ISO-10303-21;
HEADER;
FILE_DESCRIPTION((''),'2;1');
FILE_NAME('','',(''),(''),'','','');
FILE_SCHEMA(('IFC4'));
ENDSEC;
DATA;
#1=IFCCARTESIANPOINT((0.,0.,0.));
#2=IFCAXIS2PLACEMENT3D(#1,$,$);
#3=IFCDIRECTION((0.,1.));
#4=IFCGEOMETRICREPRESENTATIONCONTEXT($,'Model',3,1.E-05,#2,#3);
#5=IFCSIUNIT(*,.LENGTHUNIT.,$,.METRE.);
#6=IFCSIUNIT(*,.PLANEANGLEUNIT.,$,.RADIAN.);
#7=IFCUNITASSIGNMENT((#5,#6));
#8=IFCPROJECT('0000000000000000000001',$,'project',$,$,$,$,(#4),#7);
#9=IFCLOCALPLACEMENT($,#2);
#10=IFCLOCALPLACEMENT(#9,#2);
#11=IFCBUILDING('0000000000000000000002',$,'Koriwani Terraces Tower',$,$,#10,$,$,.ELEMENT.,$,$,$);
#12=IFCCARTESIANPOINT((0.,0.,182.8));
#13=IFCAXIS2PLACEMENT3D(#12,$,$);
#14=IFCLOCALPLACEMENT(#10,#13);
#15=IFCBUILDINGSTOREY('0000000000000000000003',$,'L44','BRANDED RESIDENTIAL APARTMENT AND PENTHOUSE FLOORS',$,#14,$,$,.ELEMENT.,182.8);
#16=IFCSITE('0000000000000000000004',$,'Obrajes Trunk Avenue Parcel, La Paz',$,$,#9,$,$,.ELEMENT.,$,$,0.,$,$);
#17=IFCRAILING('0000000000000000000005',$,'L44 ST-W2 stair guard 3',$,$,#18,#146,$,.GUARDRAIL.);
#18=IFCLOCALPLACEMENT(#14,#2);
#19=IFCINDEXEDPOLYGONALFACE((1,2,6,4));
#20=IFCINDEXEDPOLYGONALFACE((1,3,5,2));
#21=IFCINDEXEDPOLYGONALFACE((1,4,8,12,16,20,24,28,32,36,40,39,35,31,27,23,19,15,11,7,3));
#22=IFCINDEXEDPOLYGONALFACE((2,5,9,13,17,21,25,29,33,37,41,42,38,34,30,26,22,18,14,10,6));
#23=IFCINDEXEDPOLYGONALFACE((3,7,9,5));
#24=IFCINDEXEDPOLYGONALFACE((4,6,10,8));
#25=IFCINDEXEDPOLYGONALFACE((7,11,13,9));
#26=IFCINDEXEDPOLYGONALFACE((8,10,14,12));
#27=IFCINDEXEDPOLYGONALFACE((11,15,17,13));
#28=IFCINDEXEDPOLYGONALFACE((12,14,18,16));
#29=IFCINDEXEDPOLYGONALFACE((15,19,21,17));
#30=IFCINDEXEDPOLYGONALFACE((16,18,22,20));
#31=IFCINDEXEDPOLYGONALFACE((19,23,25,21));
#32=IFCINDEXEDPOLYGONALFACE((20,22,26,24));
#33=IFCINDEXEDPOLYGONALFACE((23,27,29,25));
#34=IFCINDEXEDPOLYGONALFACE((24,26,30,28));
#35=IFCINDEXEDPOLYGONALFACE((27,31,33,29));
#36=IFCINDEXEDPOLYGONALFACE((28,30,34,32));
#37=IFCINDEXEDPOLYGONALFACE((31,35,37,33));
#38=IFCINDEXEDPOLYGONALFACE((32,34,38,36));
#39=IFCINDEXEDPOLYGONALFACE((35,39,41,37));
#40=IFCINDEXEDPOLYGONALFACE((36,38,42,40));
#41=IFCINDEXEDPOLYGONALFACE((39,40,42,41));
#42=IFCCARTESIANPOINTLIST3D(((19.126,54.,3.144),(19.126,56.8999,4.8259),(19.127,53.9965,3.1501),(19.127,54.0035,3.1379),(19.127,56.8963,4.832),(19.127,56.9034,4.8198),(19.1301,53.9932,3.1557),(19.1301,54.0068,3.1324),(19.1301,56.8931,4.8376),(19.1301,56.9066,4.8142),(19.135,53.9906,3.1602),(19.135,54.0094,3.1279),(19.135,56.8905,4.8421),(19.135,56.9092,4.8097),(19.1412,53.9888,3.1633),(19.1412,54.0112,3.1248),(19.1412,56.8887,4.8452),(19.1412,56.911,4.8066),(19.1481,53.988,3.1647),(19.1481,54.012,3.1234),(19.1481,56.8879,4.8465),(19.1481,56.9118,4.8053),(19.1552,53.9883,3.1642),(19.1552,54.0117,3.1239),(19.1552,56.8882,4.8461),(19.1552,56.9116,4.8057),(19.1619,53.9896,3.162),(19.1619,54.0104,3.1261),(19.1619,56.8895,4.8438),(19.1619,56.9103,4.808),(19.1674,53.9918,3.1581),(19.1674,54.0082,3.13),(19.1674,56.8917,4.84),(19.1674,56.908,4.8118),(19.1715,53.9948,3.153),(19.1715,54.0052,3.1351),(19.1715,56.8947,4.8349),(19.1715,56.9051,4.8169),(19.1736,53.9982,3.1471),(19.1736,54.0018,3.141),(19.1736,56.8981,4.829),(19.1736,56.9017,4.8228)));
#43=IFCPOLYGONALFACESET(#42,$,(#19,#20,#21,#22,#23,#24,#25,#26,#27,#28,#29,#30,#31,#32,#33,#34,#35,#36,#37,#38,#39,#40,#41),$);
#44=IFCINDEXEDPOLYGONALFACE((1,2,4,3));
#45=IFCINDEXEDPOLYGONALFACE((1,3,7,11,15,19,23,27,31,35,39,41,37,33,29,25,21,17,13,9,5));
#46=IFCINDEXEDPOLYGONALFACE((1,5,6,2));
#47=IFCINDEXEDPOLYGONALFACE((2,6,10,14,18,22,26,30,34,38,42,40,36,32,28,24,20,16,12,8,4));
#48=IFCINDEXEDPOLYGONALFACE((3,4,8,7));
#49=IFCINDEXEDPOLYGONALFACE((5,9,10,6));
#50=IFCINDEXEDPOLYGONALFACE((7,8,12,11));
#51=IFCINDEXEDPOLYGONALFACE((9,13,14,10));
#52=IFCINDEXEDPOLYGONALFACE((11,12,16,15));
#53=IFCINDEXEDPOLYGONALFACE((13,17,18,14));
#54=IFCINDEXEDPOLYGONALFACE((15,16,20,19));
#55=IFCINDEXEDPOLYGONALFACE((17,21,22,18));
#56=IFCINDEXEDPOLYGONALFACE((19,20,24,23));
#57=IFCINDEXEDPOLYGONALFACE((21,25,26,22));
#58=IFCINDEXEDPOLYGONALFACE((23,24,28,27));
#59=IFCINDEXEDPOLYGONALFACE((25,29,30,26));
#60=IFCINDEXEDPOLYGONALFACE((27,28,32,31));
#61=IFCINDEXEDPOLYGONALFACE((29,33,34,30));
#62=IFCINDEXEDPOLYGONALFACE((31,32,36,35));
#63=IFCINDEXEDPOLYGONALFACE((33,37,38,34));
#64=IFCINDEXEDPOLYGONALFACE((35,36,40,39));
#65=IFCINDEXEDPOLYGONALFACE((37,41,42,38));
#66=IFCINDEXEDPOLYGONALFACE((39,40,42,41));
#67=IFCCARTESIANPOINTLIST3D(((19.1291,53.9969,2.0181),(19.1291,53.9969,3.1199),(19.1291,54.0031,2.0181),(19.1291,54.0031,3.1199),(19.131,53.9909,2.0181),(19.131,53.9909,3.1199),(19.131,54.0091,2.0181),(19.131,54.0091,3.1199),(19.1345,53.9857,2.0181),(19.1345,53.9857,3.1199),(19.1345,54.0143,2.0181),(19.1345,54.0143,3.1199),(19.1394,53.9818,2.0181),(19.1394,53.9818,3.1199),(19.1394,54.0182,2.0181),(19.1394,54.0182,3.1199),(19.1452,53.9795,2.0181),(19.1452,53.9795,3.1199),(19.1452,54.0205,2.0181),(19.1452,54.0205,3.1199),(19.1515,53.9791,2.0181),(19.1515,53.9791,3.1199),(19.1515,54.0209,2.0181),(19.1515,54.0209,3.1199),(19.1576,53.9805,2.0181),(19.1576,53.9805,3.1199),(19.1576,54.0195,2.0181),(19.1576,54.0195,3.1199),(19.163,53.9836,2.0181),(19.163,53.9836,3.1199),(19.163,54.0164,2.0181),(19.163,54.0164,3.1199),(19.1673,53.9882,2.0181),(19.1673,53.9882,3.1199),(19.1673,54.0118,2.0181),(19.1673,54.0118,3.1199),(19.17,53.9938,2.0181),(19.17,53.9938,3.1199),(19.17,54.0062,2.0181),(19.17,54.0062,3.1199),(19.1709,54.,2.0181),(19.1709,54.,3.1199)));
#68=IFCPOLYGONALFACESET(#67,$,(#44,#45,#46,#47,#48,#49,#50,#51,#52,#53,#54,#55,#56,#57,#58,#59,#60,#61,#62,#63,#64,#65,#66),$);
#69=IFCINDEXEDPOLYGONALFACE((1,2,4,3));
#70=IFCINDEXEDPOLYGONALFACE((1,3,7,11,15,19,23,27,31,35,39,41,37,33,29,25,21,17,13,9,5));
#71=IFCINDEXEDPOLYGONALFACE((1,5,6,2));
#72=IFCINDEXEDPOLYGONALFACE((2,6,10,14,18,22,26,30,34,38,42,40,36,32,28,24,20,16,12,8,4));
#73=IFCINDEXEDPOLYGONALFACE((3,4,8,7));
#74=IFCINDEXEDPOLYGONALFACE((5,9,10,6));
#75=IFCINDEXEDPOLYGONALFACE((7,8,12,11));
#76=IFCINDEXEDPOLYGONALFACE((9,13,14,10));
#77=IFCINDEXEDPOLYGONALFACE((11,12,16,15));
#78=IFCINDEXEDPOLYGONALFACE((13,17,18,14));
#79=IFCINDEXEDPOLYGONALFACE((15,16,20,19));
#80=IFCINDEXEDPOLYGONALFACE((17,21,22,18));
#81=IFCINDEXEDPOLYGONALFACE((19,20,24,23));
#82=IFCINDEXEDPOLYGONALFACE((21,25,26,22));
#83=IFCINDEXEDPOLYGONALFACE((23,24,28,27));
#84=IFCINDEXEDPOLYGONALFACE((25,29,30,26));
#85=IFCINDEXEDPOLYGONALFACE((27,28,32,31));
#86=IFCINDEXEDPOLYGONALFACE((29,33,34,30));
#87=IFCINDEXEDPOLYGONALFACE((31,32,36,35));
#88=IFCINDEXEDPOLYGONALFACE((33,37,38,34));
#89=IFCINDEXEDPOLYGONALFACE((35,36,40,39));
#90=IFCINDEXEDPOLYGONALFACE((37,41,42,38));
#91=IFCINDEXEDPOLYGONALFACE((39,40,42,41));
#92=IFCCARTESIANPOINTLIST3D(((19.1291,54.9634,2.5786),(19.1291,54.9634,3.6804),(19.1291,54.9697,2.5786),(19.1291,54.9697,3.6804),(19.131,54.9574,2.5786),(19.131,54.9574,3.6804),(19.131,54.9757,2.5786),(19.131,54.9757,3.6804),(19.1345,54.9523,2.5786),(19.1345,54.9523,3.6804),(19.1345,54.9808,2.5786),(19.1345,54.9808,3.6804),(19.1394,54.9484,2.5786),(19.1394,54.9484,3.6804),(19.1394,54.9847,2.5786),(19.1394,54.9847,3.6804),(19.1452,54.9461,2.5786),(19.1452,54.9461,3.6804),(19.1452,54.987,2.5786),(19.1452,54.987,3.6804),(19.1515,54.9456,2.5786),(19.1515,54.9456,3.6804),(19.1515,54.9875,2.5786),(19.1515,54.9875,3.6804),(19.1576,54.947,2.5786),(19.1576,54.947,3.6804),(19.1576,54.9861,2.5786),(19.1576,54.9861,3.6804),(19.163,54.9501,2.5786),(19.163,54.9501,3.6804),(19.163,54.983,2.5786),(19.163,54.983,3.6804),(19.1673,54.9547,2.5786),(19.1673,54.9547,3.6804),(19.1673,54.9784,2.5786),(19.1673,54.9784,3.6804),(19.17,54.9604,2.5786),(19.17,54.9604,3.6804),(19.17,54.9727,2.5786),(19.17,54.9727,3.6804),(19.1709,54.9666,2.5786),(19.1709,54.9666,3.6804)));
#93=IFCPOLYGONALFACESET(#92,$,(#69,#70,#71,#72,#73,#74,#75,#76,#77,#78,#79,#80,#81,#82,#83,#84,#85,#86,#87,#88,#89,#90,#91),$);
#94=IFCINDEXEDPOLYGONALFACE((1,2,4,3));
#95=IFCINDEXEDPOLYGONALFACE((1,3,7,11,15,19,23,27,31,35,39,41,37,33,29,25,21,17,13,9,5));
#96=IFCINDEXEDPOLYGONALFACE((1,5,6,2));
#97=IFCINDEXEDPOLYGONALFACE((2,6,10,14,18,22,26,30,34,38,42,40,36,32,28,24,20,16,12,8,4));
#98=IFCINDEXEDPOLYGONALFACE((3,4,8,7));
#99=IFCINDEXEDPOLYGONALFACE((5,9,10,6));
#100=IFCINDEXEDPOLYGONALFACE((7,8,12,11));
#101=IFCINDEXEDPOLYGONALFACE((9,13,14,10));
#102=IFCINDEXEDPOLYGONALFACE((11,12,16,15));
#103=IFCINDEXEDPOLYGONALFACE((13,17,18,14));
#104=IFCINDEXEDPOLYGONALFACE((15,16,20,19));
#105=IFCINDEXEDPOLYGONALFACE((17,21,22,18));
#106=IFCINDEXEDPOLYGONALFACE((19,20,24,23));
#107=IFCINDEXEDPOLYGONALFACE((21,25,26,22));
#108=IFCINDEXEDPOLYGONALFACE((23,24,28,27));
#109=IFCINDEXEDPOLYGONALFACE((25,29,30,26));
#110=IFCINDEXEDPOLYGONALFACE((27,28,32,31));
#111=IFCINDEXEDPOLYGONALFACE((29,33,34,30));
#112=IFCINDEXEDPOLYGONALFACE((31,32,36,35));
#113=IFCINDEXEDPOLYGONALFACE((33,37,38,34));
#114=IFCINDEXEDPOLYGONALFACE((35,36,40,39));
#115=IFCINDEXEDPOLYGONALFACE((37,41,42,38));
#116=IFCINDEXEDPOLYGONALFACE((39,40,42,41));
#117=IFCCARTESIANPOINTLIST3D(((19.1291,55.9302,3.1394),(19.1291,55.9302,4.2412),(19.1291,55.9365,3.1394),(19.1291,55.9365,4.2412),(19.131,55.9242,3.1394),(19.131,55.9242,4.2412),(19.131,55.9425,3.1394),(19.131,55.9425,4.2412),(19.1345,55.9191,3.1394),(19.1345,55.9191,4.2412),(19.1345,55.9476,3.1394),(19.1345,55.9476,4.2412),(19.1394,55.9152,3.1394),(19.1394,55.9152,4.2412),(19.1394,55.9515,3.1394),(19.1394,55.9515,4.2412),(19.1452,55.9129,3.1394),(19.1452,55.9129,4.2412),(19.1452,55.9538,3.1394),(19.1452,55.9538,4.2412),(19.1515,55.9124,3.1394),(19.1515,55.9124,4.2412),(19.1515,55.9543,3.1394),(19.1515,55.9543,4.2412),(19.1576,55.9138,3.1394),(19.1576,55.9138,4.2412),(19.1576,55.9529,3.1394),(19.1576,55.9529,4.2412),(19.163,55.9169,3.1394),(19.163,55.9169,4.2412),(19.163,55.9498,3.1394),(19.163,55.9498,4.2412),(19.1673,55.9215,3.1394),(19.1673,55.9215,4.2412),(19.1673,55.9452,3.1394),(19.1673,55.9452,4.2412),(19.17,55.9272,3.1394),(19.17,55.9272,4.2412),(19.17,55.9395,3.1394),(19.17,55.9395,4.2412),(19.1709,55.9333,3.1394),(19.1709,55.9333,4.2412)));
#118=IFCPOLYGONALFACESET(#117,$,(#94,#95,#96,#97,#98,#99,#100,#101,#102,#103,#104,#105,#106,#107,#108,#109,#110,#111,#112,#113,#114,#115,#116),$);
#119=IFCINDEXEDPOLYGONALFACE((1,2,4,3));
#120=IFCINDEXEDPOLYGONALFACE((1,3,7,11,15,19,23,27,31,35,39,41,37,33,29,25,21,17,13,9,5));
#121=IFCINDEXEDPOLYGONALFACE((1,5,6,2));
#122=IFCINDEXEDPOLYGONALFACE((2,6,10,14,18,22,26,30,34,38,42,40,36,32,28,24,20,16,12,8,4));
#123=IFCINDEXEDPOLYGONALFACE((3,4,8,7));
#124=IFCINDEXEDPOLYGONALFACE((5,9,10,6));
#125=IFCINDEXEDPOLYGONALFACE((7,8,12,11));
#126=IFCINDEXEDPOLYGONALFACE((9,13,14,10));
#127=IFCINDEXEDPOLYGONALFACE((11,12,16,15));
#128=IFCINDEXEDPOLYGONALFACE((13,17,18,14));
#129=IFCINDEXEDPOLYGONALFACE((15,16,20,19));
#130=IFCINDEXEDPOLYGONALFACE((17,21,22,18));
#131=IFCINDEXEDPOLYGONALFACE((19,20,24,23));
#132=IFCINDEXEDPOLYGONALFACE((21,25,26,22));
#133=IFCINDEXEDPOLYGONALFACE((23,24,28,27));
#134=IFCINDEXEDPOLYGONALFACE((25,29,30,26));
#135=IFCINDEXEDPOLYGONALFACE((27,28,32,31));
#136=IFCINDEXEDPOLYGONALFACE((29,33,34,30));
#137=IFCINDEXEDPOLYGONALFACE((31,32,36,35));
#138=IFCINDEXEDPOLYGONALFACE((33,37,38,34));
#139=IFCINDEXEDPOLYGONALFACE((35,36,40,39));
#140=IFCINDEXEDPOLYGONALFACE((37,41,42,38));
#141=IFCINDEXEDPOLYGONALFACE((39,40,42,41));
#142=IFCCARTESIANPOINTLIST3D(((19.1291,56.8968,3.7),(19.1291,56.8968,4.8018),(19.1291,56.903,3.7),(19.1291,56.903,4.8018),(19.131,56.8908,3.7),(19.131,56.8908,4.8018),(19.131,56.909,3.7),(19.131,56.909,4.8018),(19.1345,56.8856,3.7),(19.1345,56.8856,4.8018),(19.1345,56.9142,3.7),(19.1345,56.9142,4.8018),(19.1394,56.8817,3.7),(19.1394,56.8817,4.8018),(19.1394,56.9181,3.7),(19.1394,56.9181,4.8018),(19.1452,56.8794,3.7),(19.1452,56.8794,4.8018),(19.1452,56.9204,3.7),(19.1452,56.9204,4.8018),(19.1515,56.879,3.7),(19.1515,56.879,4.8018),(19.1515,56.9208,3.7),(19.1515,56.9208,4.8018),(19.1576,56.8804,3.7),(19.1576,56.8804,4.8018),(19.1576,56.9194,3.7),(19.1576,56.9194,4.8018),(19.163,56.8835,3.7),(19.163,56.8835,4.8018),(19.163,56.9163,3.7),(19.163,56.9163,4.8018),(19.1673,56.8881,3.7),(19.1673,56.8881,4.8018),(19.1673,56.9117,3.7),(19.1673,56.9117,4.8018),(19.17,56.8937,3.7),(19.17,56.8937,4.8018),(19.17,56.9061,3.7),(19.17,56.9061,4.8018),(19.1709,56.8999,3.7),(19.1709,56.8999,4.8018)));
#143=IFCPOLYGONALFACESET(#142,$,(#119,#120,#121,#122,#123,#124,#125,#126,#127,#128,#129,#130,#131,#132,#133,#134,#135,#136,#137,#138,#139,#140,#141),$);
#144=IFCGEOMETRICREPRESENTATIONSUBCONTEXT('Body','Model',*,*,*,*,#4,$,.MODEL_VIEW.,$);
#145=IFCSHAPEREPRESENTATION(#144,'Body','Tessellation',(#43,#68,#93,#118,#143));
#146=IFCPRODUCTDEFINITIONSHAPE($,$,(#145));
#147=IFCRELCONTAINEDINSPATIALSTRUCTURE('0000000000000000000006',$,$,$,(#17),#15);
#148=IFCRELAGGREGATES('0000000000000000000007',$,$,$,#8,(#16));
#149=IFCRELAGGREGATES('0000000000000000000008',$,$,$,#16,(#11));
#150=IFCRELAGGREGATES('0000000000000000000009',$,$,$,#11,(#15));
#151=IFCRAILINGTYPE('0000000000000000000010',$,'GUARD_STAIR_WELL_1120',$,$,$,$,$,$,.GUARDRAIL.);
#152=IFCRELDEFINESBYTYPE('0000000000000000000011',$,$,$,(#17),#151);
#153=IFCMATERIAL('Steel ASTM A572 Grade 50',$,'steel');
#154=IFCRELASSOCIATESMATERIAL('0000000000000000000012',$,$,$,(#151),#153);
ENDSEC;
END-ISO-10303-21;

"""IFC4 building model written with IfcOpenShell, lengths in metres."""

from ifc_helpers import new_model, si_unit, direction, frame, origin, origin_2d, place, context, subcontext, project, spatial, circle, extrude, material, type_object, element, save


model = new_model("IFC4")

# Units and contexts
model_context = context("Model", 3, precision=1e-05, world=origin(), true_north=direction((0.0, 1.0)))
body_context = subcontext(model_context, "Body", "Model", "MODEL_VIEW")
ifc_project = project(units=[si_unit("LENGTHUNIT", "METRE"), si_unit("PLANEANGLEUNIT", "RADIAN")], contexts=[model_context])

# Site, building, storey
site_placement = place(None, origin())
site = spatial("IfcSite", under=ifc_project, at=site_placement, Name="Obrajes Trunk Avenue Parcel, La Paz", CompositionType="ELEMENT", RefElevation=0.0)
building_placement = place(site_placement, origin())
building = spatial("IfcBuilding", under=site, at=building_placement, Name="Koriwani Terraces Tower", CompositionType="ELEMENT")
storey_placement = place(building_placement, frame((0.0, 0.0, 182.8)))
storey = spatial("IfcBuildingStorey", under=building, at=storey_placement, Name="L44", Description="BRANDED RESIDENTIAL APARTMENT AND PENTHOUSE FLOORS", CompositionType="ELEMENT", Elevation=182.8)

# Shared definitions
ifc_material_1 = material(Name="Steel ASTM A572 Grade 50", Category="steel")

# Railing
railing_type_1 = type_object("IfcRailingType", Name="GUARD_STAIR_WELL_1120", PredefinedType="GUARDRAIL", material=ifc_material_1)
railing_1_placement = place(storey_placement, frame((19.1499, 54.0, 2.0181)))
element("IfcRailing", 1, at=railing_1_placement, inside=storey, type_object=railing_type_1, Name="L44 ST-W2 stair guard 3", PredefinedType="GUARDRAIL", context=body_context, shape_type="SweptSolid", body=[
    extrude(circle(Radius=0.0239, at=origin_2d()), frame((0.0, 0.0, 1.126), z_axis=(0.0, 0.865039, 0.501705), x_axis=(-1.0, 0.0, 0.0)), (0.0, 0.0, 1.0), 3.3523),
    extrude(circle(Radius=0.021, at=origin_2d()), origin(), (0.0, 0.0, 1.0), 1.1018),
    extrude(circle(Radius=0.021, at=origin_2d()), frame((0.0, 0.9666, 0.5605)), (0.0, 0.0, 1.0), 1.1018),
    extrude(circle(Radius=0.021, at=origin_2d()), frame((0.0, 1.9333, 1.1213)), (0.0, 0.0, 1.0), 1.1018),
    extrude(circle(Radius=0.021, at=origin_2d()), frame((0.0, 2.8999, 1.6819)), (0.0, 0.0, 1.0), 1.1018),
])

save(model, "model.ifc")
